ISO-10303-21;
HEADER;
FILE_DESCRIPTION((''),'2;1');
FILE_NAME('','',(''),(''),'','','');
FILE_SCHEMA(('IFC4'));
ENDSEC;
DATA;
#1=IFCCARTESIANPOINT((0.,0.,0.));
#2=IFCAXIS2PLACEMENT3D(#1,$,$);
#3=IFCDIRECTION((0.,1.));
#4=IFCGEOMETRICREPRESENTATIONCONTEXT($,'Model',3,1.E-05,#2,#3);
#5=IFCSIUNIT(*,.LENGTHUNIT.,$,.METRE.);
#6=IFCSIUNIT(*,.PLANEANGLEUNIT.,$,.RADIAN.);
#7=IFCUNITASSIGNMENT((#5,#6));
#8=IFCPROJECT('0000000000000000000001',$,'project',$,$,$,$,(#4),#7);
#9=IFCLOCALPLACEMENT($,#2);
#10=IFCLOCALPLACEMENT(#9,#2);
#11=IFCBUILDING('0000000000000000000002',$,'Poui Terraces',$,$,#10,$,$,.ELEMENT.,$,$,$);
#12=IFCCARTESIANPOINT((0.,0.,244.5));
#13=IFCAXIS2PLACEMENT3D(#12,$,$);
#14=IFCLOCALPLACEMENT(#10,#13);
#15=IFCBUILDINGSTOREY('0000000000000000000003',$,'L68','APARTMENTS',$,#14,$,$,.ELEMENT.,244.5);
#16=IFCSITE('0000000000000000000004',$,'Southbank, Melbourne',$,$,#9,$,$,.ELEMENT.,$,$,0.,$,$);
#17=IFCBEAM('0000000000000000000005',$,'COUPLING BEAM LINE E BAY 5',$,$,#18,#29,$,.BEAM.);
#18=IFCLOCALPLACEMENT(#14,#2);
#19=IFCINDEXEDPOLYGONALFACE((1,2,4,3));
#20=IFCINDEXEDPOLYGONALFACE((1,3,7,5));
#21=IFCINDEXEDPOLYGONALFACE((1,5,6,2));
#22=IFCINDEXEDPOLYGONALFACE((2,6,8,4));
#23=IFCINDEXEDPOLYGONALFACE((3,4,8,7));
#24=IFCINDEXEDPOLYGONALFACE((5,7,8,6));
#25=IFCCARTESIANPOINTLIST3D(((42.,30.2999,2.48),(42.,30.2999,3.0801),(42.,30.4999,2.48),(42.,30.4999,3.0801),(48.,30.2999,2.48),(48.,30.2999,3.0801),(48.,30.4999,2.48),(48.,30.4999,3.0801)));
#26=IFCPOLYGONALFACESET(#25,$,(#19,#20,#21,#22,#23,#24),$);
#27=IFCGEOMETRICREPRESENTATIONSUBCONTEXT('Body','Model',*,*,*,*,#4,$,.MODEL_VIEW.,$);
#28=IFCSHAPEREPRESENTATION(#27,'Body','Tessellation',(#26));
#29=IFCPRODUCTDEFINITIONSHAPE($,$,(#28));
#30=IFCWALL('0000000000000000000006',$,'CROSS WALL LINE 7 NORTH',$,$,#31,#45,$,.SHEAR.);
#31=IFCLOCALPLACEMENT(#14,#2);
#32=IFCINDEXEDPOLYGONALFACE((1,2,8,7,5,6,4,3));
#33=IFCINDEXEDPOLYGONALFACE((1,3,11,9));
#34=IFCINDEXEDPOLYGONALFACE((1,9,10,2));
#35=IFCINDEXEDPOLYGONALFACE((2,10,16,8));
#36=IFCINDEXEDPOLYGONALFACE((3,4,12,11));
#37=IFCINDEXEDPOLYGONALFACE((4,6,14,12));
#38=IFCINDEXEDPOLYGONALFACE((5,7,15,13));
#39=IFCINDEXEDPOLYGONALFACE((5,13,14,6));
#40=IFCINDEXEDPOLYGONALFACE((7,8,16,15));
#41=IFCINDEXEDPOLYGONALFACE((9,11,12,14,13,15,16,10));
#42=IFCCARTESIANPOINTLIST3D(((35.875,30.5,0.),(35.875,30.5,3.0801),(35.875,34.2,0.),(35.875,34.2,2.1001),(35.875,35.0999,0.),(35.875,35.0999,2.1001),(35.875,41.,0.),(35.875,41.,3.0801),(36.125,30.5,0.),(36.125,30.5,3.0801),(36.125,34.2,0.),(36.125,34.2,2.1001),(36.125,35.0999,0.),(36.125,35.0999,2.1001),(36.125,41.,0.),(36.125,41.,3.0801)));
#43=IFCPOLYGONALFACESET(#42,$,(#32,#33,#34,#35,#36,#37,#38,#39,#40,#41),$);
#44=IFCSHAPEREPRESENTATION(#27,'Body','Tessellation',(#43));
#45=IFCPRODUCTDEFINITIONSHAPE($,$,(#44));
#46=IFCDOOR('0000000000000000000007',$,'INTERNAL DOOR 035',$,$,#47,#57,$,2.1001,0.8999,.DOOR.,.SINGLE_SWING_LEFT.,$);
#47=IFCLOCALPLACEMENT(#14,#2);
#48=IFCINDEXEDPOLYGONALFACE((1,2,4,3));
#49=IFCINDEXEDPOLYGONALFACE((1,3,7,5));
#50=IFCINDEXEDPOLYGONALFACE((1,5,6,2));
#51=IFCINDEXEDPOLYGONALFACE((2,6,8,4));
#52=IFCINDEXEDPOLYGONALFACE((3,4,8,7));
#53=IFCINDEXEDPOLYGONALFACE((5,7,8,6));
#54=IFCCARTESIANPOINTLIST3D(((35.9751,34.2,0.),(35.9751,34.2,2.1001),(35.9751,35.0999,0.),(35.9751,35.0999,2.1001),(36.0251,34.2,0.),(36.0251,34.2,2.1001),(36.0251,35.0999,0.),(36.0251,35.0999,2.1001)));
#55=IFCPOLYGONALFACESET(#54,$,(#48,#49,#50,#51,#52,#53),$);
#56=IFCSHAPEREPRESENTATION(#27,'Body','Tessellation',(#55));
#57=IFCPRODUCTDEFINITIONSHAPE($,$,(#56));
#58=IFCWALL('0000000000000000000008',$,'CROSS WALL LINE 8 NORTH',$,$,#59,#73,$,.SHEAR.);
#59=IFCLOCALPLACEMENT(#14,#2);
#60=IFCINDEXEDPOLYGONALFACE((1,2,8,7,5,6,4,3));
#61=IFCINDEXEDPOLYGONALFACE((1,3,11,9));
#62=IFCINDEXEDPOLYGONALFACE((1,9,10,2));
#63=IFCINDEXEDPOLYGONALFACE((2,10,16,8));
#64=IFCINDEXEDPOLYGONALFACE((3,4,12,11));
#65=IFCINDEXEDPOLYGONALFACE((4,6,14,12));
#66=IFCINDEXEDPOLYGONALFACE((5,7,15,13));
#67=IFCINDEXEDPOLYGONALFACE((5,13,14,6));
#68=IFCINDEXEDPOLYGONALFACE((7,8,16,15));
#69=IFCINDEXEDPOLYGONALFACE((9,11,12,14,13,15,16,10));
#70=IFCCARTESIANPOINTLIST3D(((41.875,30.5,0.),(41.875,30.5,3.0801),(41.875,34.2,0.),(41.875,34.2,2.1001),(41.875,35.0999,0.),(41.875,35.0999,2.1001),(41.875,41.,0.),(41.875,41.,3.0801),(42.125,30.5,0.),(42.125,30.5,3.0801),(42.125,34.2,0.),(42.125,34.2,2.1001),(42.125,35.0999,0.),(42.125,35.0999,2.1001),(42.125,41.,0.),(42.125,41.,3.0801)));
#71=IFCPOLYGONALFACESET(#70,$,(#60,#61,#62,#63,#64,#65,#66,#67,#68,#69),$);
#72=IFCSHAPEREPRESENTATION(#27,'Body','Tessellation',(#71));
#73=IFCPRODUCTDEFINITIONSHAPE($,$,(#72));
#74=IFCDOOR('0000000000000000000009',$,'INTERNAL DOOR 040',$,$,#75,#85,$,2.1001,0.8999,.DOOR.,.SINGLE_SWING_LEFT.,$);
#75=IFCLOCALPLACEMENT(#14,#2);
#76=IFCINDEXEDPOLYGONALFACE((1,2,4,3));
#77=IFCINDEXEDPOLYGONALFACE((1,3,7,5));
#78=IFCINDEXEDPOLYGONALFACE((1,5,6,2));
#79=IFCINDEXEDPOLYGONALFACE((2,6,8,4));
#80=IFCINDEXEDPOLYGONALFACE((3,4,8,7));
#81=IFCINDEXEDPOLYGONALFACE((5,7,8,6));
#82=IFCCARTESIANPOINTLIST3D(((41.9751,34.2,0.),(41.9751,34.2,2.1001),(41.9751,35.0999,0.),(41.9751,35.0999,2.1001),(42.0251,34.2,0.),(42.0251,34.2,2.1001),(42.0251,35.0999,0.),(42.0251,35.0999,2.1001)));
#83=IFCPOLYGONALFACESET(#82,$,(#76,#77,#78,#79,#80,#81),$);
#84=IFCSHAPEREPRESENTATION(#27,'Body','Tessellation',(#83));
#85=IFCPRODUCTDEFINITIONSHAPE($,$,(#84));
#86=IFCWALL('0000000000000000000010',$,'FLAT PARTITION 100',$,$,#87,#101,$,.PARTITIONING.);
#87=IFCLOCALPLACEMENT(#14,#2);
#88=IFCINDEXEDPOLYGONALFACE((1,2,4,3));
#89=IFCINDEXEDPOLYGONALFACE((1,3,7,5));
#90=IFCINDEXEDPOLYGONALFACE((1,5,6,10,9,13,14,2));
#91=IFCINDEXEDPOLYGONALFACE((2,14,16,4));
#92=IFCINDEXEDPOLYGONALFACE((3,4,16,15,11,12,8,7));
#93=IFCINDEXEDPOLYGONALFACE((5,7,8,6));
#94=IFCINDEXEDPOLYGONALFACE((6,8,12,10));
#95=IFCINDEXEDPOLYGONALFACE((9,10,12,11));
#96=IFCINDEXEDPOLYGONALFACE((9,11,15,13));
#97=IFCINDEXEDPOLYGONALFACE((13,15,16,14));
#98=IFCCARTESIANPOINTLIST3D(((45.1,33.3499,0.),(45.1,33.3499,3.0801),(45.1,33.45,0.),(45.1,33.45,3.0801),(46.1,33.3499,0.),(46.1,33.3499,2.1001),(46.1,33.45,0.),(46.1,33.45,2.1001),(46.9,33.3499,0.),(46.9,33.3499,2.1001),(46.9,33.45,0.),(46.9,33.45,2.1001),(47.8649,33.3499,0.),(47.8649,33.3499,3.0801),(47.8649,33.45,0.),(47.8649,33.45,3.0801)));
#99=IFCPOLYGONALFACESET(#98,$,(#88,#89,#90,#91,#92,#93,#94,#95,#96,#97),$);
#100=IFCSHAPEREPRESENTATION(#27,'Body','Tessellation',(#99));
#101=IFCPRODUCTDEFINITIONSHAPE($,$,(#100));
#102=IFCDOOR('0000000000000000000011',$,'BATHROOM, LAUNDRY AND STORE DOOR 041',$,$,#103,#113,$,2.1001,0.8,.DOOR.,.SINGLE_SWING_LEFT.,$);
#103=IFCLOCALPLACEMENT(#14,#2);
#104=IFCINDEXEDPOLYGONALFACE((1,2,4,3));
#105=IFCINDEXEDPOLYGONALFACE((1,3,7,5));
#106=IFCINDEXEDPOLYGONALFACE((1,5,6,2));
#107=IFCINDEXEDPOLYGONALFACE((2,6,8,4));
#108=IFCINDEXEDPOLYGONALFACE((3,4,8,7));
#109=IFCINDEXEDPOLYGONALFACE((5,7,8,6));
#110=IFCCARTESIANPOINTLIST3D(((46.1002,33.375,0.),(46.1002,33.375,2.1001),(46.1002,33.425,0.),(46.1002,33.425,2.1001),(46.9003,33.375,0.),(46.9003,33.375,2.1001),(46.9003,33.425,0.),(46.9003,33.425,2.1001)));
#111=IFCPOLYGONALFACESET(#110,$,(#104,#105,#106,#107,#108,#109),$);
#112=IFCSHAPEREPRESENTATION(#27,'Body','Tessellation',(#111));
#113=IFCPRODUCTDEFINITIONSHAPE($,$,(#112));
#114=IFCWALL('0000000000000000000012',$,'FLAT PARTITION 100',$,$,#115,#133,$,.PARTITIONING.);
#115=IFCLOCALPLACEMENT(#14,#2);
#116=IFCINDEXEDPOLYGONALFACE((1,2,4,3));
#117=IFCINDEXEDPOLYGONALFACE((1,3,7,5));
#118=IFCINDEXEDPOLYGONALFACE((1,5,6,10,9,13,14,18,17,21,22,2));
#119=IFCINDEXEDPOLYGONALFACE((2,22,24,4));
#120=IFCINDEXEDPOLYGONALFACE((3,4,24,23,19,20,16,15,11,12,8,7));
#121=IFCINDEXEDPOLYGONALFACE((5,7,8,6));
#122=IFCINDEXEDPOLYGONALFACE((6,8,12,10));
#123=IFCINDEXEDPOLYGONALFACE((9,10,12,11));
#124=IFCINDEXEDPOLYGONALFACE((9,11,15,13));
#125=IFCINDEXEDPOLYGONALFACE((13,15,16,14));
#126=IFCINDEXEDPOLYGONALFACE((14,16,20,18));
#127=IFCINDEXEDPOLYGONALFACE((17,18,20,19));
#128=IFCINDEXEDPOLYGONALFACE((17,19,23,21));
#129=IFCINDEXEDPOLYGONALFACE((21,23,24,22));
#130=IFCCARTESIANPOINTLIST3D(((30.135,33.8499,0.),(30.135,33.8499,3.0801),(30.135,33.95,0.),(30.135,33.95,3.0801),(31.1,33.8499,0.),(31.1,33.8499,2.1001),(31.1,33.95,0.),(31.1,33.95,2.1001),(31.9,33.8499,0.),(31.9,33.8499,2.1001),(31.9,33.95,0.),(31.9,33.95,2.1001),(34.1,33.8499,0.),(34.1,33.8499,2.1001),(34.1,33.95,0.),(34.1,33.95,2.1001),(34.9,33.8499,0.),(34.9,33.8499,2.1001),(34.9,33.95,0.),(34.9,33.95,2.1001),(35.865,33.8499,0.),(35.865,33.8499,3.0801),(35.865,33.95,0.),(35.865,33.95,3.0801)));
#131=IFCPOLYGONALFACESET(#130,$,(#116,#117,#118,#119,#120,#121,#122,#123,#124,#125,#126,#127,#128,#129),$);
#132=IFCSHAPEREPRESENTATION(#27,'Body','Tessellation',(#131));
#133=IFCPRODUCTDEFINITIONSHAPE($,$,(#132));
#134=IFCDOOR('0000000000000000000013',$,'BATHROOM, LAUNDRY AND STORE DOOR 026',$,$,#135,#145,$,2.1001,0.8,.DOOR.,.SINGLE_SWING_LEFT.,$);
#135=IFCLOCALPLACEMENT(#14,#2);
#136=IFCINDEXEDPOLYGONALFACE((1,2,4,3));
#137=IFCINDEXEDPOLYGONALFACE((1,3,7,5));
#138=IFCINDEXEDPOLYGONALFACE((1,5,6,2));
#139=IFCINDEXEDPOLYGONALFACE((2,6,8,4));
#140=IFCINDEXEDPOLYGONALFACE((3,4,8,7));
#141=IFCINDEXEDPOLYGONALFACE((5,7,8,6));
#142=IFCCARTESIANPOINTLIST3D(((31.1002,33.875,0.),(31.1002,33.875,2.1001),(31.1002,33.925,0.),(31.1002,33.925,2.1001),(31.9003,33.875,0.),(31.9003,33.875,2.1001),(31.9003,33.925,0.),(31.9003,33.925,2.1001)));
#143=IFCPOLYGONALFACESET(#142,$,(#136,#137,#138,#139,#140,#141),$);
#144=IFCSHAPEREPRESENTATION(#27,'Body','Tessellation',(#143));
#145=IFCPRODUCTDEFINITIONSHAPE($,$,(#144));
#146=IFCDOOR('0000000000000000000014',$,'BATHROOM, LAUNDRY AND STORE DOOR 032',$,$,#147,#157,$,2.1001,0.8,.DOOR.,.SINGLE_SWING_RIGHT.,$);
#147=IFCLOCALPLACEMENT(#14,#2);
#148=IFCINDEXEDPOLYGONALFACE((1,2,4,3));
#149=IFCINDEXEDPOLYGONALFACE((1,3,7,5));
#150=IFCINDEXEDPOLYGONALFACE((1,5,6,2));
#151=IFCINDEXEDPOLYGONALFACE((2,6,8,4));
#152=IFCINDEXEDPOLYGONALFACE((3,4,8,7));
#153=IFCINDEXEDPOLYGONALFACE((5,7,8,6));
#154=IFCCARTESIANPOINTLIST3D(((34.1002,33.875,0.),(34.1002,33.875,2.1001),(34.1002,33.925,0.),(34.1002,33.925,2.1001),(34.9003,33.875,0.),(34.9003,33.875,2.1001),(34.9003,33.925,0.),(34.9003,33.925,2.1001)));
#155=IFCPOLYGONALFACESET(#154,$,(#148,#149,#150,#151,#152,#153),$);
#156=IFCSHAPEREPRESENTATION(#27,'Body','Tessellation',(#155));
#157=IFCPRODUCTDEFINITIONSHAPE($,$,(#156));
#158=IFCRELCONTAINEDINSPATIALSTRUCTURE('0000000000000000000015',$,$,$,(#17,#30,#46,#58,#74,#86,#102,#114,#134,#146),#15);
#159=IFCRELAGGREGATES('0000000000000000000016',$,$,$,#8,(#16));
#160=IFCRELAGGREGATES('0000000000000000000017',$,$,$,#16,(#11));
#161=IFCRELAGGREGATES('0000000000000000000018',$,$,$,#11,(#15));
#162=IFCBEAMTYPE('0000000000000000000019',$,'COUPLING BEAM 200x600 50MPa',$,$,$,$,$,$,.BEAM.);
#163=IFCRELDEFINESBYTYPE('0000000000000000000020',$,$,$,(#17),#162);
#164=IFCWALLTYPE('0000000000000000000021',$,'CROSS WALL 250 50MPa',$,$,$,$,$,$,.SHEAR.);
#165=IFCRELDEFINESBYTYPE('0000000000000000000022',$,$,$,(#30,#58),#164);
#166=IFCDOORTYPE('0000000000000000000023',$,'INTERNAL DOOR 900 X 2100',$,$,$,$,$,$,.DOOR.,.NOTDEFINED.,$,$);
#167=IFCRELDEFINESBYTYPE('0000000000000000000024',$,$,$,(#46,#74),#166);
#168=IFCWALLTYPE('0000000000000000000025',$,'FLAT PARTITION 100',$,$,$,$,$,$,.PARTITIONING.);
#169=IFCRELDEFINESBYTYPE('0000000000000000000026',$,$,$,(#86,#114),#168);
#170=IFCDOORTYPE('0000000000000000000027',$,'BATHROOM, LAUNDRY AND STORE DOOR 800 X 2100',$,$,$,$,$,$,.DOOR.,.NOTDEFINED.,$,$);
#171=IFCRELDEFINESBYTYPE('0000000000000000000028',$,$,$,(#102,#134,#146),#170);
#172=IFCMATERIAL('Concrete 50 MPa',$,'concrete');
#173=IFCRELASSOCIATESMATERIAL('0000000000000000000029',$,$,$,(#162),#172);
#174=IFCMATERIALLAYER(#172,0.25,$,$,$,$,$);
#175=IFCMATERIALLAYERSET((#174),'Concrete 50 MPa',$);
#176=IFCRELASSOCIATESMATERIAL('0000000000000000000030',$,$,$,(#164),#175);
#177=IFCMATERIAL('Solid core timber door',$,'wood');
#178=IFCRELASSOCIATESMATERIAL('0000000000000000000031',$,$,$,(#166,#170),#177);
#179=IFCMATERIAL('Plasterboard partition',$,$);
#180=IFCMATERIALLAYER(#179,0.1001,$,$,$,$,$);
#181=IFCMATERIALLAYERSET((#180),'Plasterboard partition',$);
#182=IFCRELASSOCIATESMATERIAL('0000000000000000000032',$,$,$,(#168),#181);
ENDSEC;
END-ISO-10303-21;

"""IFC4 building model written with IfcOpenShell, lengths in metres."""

from ifc_helpers import new_model, si_unit, direction, frame, frame_2d, origin, origin_2d, place, context, subcontext, project, spatial, rectangle, extrude, source, transform, mapped, material, layer, layer_set, material_profile, profile_set, type_object, element, fill, save


model = new_model("IFC4")

# Units and contexts
model_context = context("Model", 3, precision=1e-05, world=origin(), true_north=direction((0.0, 1.0)))
body_context = subcontext(model_context, "Body", "Model", "MODEL_VIEW")
ifc_project = project(units=[si_unit("LENGTHUNIT", "METRE"), si_unit("PLANEANGLEUNIT", "RADIAN")], contexts=[model_context])

# Site, building, storey
site_placement = place(None, origin())
site = spatial("IfcSite", under=ifc_project, at=site_placement, Name="Southbank, Melbourne", CompositionType="ELEMENT", RefElevation=0.0)
building_placement = place(site_placement, origin())
building = spatial("IfcBuilding", under=site, at=building_placement, Name="Poui Terraces", CompositionType="ELEMENT")
storey_placement = place(building_placement, frame((0.0, 0.0, 244.5)))
storey = spatial("IfcBuildingStorey", under=building, at=storey_placement, Name="L68", Description="APARTMENTS", CompositionType="ELEMENT", Elevation=244.5)

# Beam
ifc_material_1 = material(Name="Concrete 50 MPa", Category="concrete")
ifc_material_profile_1 = material_profile(ifc_material_1, rectangle(XDim=0.2, YDim=0.6001, at=origin_2d()), Name="RC 200x600")
ifc_profile_set_1 = profile_set([ifc_material_profile_1], Name="Concrete 50 MPa")
beam_type = type_object("IfcBeamType", Name="COUPLING BEAM 200x600 50MPa", PredefinedType="BEAM", material=ifc_profile_set_1)
shared_shape_1 = source(origin(), body_context, "Body", "SweptSolid", [
    extrude(rectangle(XDim=0.2, YDim=0.6001, at=origin_2d()), origin(), (0.0, 0.0, 1.0), 6.0),
])
beam_placement = place(storey_placement, frame((42.0, 30.3999, 2.78), z_axis=(1.0, 0.0, 0.0), x_axis=(0.0, 1.0, 0.0)))
element("IfcBeam", 1, at=beam_placement, inside=storey, type_object=beam_type, Name="COUPLING BEAM LINE E BAY 5", PredefinedType="BEAM", context=body_context, shape_type="MappedRepresentation", body=[
    mapped(shared_shape_1, transform((0.0, 0.0, 0.0))),
])

# Walls, openings, doors
ifc_layer_1 = layer(ifc_material_1, 0.25)
ifc_layer_set_1 = layer_set([ifc_layer_1], Name="Concrete 50 MPa")
wall_type_1 = type_object("IfcWallType", Name="CROSS WALL 250 50MPa", PredefinedType="SHEAR", material=ifc_layer_set_1)
wall_1_placement = place(storey_placement, frame((36.0, 30.5, 0.0), z_axis=(0.0, 0.0, 1.0), x_axis=(0.0, 1.0, 0.0)))
wall_1 = element("IfcWall", 2, at=wall_1_placement, inside=storey, type_object=wall_type_1, Name="CROSS WALL LINE 7 NORTH", PredefinedType="SHEAR", context=body_context, shape_type="SweptSolid", body=[
    extrude(rectangle(XDim=10.5, YDim=0.25, at=frame_2d((5.25, 0.0))), origin(), (0.0, 0.0, 1.0), 3.0801),
])
opening_1_placement = place(wall_1_placement, frame((3.7, 0.0, 0.0)))
opening_1 = element("IfcOpeningElement", 3, at=opening_1_placement, cuts=wall_1, PredefinedType="OPENING", context=body_context, shape_type="SweptSolid", body=[
    extrude(rectangle(XDim=0.8999, YDim=2.1001, at=frame_2d((0.45, 1.05))), frame((0.0, 0.135, 0.0), z_axis=(0.0, -1.0, 0.0), x_axis=(1.0, 0.0, 0.0)), (0.0, 0.0, 1.0), 0.27),
])
ifc_material_2 = material(Name="Solid core timber door", Category="wood")
door_type_1 = type_object("IfcDoorType", Name="INTERNAL DOOR 900 X 2100", OperationType="NOTDEFINED", PredefinedType="DOOR", material=ifc_material_2)
door_1_placement = place(opening_1_placement, origin())
door_1 = element("IfcDoor", 4, at=door_1_placement, inside=storey, type_object=door_type_1, Name="INTERNAL DOOR 035", OperationType="SINGLE_SWING_LEFT", OverallHeight=2.1001, OverallWidth=0.8999, PredefinedType="DOOR", context=body_context, shape_type="SweptSolid", body=[
    extrude(rectangle(XDim=0.8999, YDim=2.1001, at=frame_2d((0.45, 1.05))), frame((0.0, 0.0249, 0.0), z_axis=(0.0, -1.0, 0.0), x_axis=(1.0, 0.0, 0.0)), (0.0, 0.0, 1.0), 0.05),
])
fill(opening_1, door_1)
wall_2_placement = place(storey_placement, frame((42.0, 30.5, 0.0), z_axis=(0.0, 0.0, 1.0), x_axis=(0.0, 1.0, 0.0)))
wall_2 = element("IfcWall", 5, at=wall_2_placement, inside=storey, type_object=wall_type_1, Name="CROSS WALL LINE 8 NORTH", PredefinedType="SHEAR", context=body_context, shape_type="SweptSolid", body=[
    extrude(rectangle(XDim=10.5, YDim=0.25, at=frame_2d((5.25, 0.0))), origin(), (0.0, 0.0, 1.0), 3.0801),
])
opening_2_placement = place(wall_2_placement, frame((3.7, 0.0, 0.0)))
opening_2 = element("IfcOpeningElement", 6, at=opening_2_placement, cuts=wall_2, PredefinedType="OPENING", context=body_context, shape_type="SweptSolid", body=[
    extrude(rectangle(XDim=0.8999, YDim=2.1001, at=frame_2d((0.45, 1.05))), frame((0.0, 0.135, 0.0), z_axis=(0.0, -1.0, 0.0), x_axis=(1.0, 0.0, 0.0)), (0.0, 0.0, 1.0), 0.27),
])
door_2_placement = place(opening_2_placement, origin())
door_2 = element("IfcDoor", 7, at=door_2_placement, inside=storey, type_object=door_type_1, Name="INTERNAL DOOR 040", OperationType="SINGLE_SWING_LEFT", OverallHeight=2.1001, OverallWidth=0.8999, PredefinedType="DOOR", context=body_context, shape_type="SweptSolid", body=[
    extrude(rectangle(XDim=0.8999, YDim=2.1001, at=frame_2d((0.45, 1.05))), frame((0.0, 0.0249, 0.0), z_axis=(0.0, -1.0, 0.0), x_axis=(1.0, 0.0, 0.0)), (0.0, 0.0, 1.0), 0.05),
])
fill(opening_2, door_2)
ifc_material_3 = material(Name="Plasterboard partition")
ifc_layer_2 = layer(ifc_material_3, 0.1001)
ifc_layer_set_2 = layer_set([ifc_layer_2], Name="Plasterboard partition")
wall_type_2 = type_object("IfcWallType", Name="FLAT PARTITION 100", PredefinedType="PARTITIONING", material=ifc_layer_set_2)
wall_3_placement = place(storey_placement, frame((45.1001, 33.3999, 0.0), z_axis=(0.0, 0.0, 1.0), x_axis=(1.0, 0.0, 0.0)))
wall_3 = element("IfcWall", 8, at=wall_3_placement, inside=storey, type_object=wall_type_2, Name="FLAT PARTITION 100", PredefinedType="PARTITIONING", context=body_context, shape_type="SweptSolid", body=[
    extrude(rectangle(XDim=2.7649, YDim=0.1001, at=frame_2d((1.3823, 0.0))), origin(), (0.0, 0.0, 1.0), 3.0801),
])
opening_3_placement = place(wall_3_placement, frame((1.0, 0.0, 0.0)))
opening_3 = element("IfcOpeningElement", 9, at=opening_3_placement, cuts=wall_3, PredefinedType="OPENING", context=body_context, shape_type="SweptSolid", body=[
    extrude(rectangle(XDim=0.8, YDim=2.1001, at=frame_2d((0.3999, 1.05))), frame((0.0, 0.0601, 0.0), z_axis=(0.0, -1.0, 0.0), x_axis=(1.0, 0.0, 0.0)), (0.0, 0.0, 1.0), 0.1201),
])
door_type_2 = type_object("IfcDoorType", Name="BATHROOM, LAUNDRY AND STORE DOOR 800 X 2100", OperationType="NOTDEFINED", PredefinedType="DOOR", material=ifc_material_2)
door_3_placement = place(opening_3_placement, frame((0.8, 0.0, 0.0), z_axis=(0.0, 0.0, 1.0), x_axis=(-1.0, 0.0, 0.0)))
door_3 = element("IfcDoor", 10, at=door_3_placement, inside=storey, type_object=door_type_2, Name="BATHROOM, LAUNDRY AND STORE DOOR 041", OperationType="SINGLE_SWING_LEFT", OverallHeight=2.1001, OverallWidth=0.8, PredefinedType="DOOR", context=body_context, shape_type="SweptSolid", body=[
    extrude(rectangle(XDim=0.8, YDim=2.1001, at=frame_2d((0.3999, 1.05))), frame((0.0, 0.0249, 0.0), z_axis=(0.0, -1.0, 0.0), x_axis=(1.0, 0.0, 0.0)), (0.0, 0.0, 1.0), 0.05),
])
fill(opening_3, door_3)

# Wall, openings, doors
wall_4_placement = place(storey_placement, frame((30.135, 33.8999, 0.0), z_axis=(0.0, 0.0, 1.0), x_axis=(1.0, 0.0, 0.0)))
wall_4 = element("IfcWall", 11, at=wall_4_placement, inside=storey, type_object=wall_type_2, Name="FLAT PARTITION 100", PredefinedType="PARTITIONING", context=body_context, shape_type="SweptSolid", body=[
    extrude(rectangle(XDim=5.73, YDim=0.1001, at=frame_2d((2.865, 0.0))), origin(), (0.0, 0.0, 1.0), 3.0801),
])
opening_4_placement = place(wall_4_placement, frame((0.9651, 0.0, 0.0)))
opening_4 = element("IfcOpeningElement", 12, at=opening_4_placement, cuts=wall_4, PredefinedType="OPENING", context=body_context, shape_type="SweptSolid", body=[
    extrude(rectangle(XDim=0.8, YDim=2.1001, at=frame_2d((0.3999, 1.05))), frame((0.0, 0.0601, 0.0), z_axis=(0.0, -1.0, 0.0), x_axis=(1.0, 0.0, 0.0)), (0.0, 0.0, 1.0), 0.1201),
])
opening_5_placement = place(wall_4_placement, frame((3.9651, 0.0, 0.0)))
opening_5 = element("IfcOpeningElement", 13, at=opening_5_placement, cuts=wall_4, PredefinedType="OPENING", context=body_context, shape_type="SweptSolid", body=[
    extrude(rectangle(XDim=0.8, YDim=2.1001, at=frame_2d((0.3999, 1.05))), frame((0.0, 0.0601, 0.0), z_axis=(0.0, -1.0, 0.0), x_axis=(1.0, 0.0, 0.0)), (0.0, 0.0, 1.0), 0.1201),
])
door_4_placement = place(opening_4_placement, frame((0.8, 0.0, 0.0), z_axis=(0.0, 0.0, 1.0), x_axis=(-1.0, 0.0, 0.0)))
door_4 = element("IfcDoor", 14, at=door_4_placement, inside=storey, type_object=door_type_2, Name="BATHROOM, LAUNDRY AND STORE DOOR 026", OperationType="SINGLE_SWING_LEFT", OverallHeight=2.1001, OverallWidth=0.8, PredefinedType="DOOR", context=body_context, shape_type="SweptSolid", body=[
    extrude(rectangle(XDim=0.8, YDim=2.1001, at=frame_2d((0.3999, 1.05))), frame((0.0, 0.0249, 0.0), z_axis=(0.0, -1.0, 0.0), x_axis=(1.0, 0.0, 0.0)), (0.0, 0.0, 1.0), 0.05),
])
fill(opening_4, door_4)
door_5_placement = place(opening_5_placement, frame((0.8, 0.0, 0.0), z_axis=(0.0, 0.0, 1.0), x_axis=(-1.0, 0.0, 0.0)))
door_5 = element("IfcDoor", 15, at=door_5_placement, inside=storey, type_object=door_type_2, Name="BATHROOM, LAUNDRY AND STORE DOOR 032", OperationType="SINGLE_SWING_RIGHT", OverallHeight=2.1001, OverallWidth=0.8, PredefinedType="DOOR", context=body_context, shape_type="SweptSolid", body=[
    extrude(rectangle(XDim=0.8, YDim=2.1001, at=frame_2d((0.3999, 1.05))), frame((0.0, 0.0249, 0.0), z_axis=(0.0, -1.0, 0.0), x_axis=(1.0, 0.0, 0.0)), (0.0, 0.0, 1.0), 0.05),
])
fill(opening_5, door_5)

save(model, "model.ifc")
